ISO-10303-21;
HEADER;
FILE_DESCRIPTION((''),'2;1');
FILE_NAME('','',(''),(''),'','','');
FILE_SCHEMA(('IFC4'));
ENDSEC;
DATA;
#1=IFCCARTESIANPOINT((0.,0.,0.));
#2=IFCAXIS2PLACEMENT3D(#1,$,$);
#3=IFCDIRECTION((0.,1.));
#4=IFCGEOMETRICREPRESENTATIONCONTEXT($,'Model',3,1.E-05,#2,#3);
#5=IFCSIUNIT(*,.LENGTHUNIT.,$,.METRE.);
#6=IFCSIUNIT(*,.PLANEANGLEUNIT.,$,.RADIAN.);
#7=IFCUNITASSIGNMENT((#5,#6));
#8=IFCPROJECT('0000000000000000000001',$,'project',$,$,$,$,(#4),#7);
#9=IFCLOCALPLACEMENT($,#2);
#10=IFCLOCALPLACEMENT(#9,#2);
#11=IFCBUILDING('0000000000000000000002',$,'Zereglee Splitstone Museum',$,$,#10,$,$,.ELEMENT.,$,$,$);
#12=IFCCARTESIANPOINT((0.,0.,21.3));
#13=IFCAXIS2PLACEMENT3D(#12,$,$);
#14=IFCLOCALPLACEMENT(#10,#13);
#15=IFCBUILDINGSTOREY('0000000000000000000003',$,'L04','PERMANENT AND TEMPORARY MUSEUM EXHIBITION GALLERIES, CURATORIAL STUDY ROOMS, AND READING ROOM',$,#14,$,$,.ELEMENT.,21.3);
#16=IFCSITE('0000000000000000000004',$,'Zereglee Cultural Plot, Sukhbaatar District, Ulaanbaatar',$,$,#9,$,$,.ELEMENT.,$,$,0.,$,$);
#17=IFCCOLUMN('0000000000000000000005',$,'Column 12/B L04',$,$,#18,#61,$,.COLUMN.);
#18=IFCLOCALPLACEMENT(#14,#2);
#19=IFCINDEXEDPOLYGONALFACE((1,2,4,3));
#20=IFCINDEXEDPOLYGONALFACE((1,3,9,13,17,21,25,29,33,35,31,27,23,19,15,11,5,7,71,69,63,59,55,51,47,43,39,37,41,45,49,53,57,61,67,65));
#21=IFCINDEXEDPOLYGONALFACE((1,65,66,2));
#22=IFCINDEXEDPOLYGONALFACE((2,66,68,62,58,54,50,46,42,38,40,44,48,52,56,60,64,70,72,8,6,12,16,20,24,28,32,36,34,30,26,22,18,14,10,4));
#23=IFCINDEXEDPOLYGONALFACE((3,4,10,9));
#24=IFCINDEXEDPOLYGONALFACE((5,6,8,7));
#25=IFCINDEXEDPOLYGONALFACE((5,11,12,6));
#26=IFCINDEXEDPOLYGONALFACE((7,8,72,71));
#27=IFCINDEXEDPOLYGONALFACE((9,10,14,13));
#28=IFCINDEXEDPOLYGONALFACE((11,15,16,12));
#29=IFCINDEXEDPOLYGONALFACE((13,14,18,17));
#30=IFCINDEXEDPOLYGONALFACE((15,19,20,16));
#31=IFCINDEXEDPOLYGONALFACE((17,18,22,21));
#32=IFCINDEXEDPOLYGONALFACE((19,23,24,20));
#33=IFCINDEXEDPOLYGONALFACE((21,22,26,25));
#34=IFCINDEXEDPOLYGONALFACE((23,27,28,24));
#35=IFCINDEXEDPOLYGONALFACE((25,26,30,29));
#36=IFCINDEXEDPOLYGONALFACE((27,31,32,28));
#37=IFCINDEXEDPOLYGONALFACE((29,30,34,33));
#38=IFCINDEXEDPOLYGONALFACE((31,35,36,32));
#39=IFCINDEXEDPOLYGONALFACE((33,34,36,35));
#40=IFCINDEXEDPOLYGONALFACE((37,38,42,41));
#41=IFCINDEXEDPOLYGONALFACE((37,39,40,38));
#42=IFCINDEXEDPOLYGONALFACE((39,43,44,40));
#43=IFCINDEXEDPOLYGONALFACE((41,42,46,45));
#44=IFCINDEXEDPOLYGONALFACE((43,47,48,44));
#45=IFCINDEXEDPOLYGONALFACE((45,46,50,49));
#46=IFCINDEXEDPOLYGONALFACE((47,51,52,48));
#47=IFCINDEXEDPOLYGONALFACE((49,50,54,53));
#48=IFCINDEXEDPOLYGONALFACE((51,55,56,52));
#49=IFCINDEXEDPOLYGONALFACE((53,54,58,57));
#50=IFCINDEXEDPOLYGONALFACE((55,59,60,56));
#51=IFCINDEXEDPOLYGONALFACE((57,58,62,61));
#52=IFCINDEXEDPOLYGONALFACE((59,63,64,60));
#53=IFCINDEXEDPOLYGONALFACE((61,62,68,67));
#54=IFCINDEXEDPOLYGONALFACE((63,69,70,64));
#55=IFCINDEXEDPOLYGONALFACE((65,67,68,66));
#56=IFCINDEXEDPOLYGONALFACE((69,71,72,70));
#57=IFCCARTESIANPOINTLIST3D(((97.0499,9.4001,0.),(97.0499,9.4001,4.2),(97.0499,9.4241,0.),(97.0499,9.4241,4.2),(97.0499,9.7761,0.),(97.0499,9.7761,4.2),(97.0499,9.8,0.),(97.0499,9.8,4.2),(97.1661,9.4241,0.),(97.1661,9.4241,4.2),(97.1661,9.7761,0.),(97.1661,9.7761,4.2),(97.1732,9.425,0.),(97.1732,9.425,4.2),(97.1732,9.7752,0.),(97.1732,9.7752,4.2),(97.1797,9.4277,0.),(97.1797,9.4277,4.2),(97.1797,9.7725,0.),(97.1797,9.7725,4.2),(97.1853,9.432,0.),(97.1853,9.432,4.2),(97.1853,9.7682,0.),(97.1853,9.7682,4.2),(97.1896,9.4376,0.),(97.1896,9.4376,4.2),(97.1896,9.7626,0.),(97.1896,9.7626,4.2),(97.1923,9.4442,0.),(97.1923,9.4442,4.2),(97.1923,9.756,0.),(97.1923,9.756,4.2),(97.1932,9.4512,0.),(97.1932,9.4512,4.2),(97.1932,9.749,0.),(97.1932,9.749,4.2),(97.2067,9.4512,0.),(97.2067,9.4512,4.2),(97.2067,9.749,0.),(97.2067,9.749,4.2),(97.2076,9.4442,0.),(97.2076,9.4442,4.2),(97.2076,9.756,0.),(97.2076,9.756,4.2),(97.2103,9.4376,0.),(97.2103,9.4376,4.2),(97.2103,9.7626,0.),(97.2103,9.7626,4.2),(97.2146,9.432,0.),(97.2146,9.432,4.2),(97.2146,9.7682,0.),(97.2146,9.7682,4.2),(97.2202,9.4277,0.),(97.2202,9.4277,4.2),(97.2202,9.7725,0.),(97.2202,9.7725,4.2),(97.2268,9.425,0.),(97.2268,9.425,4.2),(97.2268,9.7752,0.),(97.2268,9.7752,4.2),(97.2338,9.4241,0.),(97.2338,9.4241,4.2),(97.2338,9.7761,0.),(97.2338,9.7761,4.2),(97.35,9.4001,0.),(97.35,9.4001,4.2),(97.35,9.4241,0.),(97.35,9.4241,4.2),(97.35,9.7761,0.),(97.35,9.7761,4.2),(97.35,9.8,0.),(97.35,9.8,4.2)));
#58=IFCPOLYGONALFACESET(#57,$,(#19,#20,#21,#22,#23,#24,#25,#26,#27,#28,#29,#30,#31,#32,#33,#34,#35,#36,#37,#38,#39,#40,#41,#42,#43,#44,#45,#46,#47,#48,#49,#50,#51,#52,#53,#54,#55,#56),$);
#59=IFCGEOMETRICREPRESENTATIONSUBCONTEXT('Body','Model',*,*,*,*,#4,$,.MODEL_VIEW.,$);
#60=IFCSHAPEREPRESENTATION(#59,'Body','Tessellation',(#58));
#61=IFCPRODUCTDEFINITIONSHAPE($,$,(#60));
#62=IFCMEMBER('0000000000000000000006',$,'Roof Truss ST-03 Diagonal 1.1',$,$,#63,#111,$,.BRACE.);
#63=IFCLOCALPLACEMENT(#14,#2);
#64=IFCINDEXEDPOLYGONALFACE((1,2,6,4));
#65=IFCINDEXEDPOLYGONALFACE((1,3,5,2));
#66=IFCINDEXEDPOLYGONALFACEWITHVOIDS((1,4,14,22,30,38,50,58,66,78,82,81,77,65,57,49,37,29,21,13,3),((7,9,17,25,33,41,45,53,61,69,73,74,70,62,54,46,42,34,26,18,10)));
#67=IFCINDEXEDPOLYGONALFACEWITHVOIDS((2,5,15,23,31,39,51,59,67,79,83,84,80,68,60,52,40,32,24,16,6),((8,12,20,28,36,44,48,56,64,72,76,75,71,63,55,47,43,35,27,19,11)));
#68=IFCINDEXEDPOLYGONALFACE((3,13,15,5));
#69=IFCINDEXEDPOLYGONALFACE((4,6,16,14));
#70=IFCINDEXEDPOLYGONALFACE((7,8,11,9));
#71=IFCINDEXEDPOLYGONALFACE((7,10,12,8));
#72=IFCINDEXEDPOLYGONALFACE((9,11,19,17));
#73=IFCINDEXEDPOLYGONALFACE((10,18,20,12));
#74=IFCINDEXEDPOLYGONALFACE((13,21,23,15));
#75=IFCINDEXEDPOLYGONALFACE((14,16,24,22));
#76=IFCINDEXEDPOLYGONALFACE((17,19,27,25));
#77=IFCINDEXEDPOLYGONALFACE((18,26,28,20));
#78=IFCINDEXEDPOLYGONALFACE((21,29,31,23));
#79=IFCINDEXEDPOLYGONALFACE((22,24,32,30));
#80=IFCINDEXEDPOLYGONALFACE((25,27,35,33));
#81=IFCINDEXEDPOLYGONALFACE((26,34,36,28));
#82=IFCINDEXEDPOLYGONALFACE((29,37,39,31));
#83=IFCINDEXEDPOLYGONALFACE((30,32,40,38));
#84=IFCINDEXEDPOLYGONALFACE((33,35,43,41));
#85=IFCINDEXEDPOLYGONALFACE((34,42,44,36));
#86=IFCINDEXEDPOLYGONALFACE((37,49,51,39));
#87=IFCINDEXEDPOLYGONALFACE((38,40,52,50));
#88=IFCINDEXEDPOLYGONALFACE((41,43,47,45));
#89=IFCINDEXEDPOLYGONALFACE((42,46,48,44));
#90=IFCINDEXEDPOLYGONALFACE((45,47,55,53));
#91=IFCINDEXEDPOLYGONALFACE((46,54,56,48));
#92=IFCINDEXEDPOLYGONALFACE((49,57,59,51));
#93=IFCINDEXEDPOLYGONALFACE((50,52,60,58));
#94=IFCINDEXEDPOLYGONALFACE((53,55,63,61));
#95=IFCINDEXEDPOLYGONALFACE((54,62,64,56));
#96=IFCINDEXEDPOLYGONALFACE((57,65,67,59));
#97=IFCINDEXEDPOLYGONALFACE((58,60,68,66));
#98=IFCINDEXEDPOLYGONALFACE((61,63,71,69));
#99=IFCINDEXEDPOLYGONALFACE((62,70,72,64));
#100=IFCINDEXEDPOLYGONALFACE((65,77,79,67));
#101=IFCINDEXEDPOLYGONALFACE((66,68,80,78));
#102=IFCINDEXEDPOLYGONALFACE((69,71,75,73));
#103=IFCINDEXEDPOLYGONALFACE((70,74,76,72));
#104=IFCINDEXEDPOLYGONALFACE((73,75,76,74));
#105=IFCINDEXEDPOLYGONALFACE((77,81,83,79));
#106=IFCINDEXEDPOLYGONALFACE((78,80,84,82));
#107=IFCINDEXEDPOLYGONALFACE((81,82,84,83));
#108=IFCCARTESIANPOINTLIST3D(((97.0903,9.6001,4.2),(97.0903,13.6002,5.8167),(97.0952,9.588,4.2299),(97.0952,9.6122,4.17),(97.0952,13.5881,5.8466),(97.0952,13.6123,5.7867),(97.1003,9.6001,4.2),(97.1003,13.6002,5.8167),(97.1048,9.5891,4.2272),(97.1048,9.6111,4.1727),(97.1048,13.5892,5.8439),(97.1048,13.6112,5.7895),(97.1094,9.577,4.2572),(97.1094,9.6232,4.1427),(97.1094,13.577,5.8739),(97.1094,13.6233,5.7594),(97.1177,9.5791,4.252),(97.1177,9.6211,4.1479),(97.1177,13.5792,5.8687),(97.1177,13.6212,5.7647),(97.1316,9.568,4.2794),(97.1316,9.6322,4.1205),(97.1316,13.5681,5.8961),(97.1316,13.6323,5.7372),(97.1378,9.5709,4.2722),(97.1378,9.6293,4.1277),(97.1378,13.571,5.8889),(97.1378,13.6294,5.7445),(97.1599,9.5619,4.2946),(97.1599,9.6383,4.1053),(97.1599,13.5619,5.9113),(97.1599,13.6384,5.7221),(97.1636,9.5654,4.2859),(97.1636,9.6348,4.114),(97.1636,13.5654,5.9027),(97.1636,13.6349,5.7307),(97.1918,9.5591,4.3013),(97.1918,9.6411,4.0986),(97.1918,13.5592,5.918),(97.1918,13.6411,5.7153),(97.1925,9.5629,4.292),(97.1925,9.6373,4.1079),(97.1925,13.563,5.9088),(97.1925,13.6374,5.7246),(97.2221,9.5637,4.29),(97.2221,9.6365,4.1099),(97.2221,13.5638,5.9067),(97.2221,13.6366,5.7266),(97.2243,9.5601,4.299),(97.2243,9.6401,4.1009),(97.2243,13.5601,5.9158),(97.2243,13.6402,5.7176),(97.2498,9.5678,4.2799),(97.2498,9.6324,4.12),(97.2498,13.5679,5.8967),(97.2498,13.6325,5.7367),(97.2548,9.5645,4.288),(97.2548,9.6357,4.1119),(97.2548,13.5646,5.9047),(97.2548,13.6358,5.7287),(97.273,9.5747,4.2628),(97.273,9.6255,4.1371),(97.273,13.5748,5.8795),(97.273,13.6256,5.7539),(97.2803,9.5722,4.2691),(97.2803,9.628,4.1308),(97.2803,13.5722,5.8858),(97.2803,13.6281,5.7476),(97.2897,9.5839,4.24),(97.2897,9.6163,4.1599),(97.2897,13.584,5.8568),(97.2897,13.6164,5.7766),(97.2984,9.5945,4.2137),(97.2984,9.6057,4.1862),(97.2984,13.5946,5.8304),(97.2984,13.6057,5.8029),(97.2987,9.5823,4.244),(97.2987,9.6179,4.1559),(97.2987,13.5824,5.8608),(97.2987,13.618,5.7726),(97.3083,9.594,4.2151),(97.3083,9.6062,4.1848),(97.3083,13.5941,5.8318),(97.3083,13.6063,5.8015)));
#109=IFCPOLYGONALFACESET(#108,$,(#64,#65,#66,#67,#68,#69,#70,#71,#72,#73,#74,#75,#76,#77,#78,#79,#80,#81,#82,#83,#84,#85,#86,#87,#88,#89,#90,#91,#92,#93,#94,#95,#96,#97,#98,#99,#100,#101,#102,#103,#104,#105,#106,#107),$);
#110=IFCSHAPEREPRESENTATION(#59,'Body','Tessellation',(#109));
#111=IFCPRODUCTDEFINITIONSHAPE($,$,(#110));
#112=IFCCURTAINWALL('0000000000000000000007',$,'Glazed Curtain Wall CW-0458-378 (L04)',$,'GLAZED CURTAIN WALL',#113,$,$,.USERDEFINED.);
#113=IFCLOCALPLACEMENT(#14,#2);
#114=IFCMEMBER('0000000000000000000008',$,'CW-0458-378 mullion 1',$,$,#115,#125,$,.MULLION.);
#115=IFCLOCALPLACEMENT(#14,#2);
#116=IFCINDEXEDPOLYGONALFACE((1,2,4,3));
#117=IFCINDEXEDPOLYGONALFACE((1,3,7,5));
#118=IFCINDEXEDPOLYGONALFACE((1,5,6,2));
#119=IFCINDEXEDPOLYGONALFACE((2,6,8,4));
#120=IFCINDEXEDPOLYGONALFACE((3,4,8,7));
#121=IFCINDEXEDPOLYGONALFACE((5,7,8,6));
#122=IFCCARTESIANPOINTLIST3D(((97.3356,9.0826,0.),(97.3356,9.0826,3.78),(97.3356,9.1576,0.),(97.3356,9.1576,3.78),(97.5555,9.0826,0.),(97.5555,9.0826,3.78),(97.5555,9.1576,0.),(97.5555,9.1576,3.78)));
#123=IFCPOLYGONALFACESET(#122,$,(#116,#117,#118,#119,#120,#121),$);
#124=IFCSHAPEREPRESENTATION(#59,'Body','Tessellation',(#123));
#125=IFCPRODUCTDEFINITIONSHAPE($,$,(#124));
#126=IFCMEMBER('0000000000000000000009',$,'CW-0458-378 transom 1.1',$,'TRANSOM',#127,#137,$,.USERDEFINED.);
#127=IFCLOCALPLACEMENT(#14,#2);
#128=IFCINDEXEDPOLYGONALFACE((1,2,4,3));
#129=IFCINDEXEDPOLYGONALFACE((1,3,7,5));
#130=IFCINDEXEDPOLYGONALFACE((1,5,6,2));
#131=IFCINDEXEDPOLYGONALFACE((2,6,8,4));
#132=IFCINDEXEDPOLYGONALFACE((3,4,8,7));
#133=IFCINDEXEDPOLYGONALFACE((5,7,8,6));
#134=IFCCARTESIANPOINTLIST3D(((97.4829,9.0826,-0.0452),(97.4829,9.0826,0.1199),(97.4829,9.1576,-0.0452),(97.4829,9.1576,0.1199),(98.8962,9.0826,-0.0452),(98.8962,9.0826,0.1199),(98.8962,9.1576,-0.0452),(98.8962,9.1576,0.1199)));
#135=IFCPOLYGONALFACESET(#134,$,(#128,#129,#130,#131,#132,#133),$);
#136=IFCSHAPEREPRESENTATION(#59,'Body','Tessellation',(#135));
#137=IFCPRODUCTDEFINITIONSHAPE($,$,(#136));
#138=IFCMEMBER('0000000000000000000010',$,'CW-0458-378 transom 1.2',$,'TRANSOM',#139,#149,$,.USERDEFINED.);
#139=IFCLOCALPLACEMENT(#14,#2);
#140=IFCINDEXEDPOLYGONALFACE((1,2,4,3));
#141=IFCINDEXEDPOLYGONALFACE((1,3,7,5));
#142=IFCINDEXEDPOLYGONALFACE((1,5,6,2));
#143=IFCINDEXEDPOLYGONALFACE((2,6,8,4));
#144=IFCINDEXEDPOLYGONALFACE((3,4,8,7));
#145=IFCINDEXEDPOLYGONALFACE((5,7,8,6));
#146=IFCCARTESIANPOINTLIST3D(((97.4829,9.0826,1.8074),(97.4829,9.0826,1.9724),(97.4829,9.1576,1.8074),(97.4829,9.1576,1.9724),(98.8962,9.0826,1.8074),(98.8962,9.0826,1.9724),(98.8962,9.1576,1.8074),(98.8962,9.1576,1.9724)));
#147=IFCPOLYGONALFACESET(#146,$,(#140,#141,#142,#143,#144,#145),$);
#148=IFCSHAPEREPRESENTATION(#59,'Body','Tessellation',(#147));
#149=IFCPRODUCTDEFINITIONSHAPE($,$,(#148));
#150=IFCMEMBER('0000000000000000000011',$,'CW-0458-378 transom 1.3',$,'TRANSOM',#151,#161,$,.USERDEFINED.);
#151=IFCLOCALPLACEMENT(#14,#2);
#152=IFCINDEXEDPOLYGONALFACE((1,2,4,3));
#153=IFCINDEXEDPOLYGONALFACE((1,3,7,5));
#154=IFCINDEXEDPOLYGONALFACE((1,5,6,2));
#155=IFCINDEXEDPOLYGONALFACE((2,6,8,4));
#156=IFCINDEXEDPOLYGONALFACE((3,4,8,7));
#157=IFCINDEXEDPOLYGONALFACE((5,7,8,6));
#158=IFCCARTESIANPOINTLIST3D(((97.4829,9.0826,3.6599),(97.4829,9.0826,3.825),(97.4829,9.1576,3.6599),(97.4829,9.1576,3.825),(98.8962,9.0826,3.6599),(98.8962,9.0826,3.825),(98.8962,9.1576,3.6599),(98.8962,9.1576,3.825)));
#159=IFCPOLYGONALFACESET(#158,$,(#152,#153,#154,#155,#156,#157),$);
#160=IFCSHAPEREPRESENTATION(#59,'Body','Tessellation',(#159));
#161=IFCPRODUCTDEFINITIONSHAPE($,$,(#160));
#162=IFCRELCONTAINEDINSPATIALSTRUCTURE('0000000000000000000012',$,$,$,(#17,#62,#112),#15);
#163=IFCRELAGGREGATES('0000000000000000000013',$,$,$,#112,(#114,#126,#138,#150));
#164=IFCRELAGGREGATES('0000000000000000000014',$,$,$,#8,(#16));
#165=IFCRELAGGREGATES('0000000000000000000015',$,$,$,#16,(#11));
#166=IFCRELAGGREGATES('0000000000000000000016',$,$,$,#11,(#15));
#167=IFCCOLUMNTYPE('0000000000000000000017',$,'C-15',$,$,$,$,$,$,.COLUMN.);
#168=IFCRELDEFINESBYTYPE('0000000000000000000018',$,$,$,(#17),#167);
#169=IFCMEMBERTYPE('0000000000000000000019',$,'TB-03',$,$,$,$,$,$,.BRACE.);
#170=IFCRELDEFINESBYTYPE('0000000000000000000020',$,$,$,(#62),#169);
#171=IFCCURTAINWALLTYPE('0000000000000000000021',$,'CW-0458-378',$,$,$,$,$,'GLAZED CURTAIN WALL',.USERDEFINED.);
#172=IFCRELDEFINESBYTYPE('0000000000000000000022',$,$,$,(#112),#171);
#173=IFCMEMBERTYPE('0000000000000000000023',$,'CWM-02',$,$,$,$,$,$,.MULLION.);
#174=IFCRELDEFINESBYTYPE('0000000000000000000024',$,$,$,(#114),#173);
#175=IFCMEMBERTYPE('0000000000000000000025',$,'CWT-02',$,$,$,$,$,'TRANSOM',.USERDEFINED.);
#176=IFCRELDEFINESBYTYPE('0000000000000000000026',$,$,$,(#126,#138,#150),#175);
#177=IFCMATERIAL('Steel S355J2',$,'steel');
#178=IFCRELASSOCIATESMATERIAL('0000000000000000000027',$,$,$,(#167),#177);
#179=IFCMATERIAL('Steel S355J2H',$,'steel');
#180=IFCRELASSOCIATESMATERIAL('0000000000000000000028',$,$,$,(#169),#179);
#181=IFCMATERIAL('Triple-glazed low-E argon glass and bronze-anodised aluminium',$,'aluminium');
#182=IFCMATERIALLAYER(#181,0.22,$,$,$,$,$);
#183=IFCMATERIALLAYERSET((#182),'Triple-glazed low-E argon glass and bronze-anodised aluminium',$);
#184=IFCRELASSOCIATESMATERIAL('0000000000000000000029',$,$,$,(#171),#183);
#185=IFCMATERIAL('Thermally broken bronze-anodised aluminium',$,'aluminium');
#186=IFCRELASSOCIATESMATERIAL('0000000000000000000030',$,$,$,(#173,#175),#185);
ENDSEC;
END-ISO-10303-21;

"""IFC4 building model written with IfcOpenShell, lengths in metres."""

from ifc_helpers import new_model, si_unit, direction, frame, origin, origin_2d, place, context, subcontext, project, spatial, rectangle, hollow_circle, i_section, extrude, material, layer, layer_set, material_profile, profile_set, type_object, element, aggregate, save


model = new_model("IFC4")

# Units and contexts
model_context = context("Model", 3, precision=1e-05, world=origin(), true_north=direction((0.0, 1.0)))
body_context = subcontext(model_context, "Body", "Model", "MODEL_VIEW")
ifc_project = project(units=[si_unit("LENGTHUNIT", "METRE"), si_unit("PLANEANGLEUNIT", "RADIAN")], contexts=[model_context])

# Site, building, storey
site_placement = place(None, origin())
site = spatial("IfcSite", under=ifc_project, at=site_placement, Name="Zereglee Cultural Plot, Sukhbaatar District, Ulaanbaatar", CompositionType="ELEMENT", RefElevation=0.0)
building_placement = place(site_placement, origin())
building = spatial("IfcBuilding", under=site, at=building_placement, Name="Zereglee Splitstone Museum", CompositionType="ELEMENT")
storey_placement = place(building_placement, frame((0.0, 0.0, 21.3)))
storey = spatial("IfcBuildingStorey", under=building, at=storey_placement, Name="L04", Description="PERMANENT AND TEMPORARY MUSEUM EXHIBITION GALLERIES, CURATORIAL STUDY ROOMS, AND READING ROOM", CompositionType="ELEMENT", Elevation=21.3)

# Column
ifc_material_1 = material(Name="Steel S355J2", Category="steel")
ifc_material_profile_1 = material_profile(ifc_material_1, i_section(OverallWidth=0.3, OverallDepth=0.3999, WebThickness=0.0134, FlangeThickness=0.0239, FilletRadius=0.0271, at=origin_2d()), Name="HE 400 B")
ifc_profile_set_1 = profile_set([ifc_material_profile_1], Name="Steel S355J2")
column_type = type_object("IfcColumnType", Name="C-15", PredefinedType="COLUMN", material=ifc_profile_set_1)
column_placement = place(storey_placement, frame((97.2, 9.6001, 0.0), z_axis=(0.0, 0.0, 1.0), x_axis=(1.0, 0.0, 0.0)))
element("IfcColumn", 1, at=column_placement, inside=storey, type_object=column_type, Name="Column 12/B L04", PredefinedType="COLUMN", context=body_context, shape_type="SweptSolid", body=[
    extrude(i_section(OverallWidth=0.3, OverallDepth=0.3999, WebThickness=0.0134, FlangeThickness=0.0239, FilletRadius=0.0271, at=origin_2d()), origin(), (0.0, 0.0, 1.0), 4.2),
])

# Member
ifc_material_2 = material(Name="Steel S355J2H", Category="steel")
ifc_material_profile_2 = material_profile(ifc_material_2, hollow_circle(Radius=0.1096, WallThickness=0.01, at=origin_2d()), Name="CHS 219.1x10")
ifc_profile_set_2 = profile_set([ifc_material_profile_2], Name="Steel S355J2H")
member_type_1 = type_object("IfcMemberType", Name="TB-03", PredefinedType="BRACE", material=ifc_profile_set_2)
member_1_placement = place(storey_placement, frame((97.2, 9.6001, 4.2), z_axis=(0.0, 0.927136, 0.374725), x_axis=(-1.0, 0.0, 0.0)))
element("IfcMember", 2, at=member_1_placement, inside=storey, type_object=member_type_1, Name="Roof Truss ST-03 Diagonal 1.1", PredefinedType="BRACE", context=body_context, shape_type="SweptSolid", body=[
    extrude(hollow_circle(Radius=0.1096, WallThickness=0.01, at=origin_2d()), origin(), (0.0, 0.0, 1.0), 4.3145),
])

# Curtain wall, members
ifc_material_3 = material(Name="Triple-glazed low-E argon glass and bronze-anodised aluminium", Category="aluminium")
ifc_layer_1 = layer(ifc_material_3, 0.22)
ifc_layer_set_1 = layer_set([ifc_layer_1], Name="Triple-glazed low-E argon glass and bronze-anodised aluminium")
curtain_wall_type = type_object("IfcCurtainWallType", Name="CW-0458-378", ElementType="GLAZED CURTAIN WALL", PredefinedType="USERDEFINED", material=ifc_layer_set_1)
curtain_wall_placement = place(storey_placement, origin())
curtain_wall = element("IfcCurtainWall", 3, at=curtain_wall_placement, inside=storey, type_object=curtain_wall_type, Name="Glazed Curtain Wall CW-0458-378 (L04)", ObjectType="GLAZED CURTAIN WALL", PredefinedType="USERDEFINED")
ifc_material_4 = material(Name="Thermally broken bronze-anodised aluminium", Category="aluminium")
ifc_material_profile_3 = material_profile(ifc_material_4, rectangle(XDim=0.075, YDim=0.22, at=origin_2d()), Name="CW MULL 75x220")
ifc_profile_set_3 = profile_set([ifc_material_profile_3], Name="Thermally broken bronze-anodised aluminium")
member_type_2 = type_object("IfcMemberType", Name="CWM-02", PredefinedType="MULLION", material=ifc_profile_set_3)
member_2_placement = place(storey_placement, frame((97.4456, 9.1201, 0.0), z_axis=(0.0, 0.0, 1.0), x_axis=(0.0, 1.0, 0.0)))
member_2 = element("IfcMember", 4, at=member_2_placement, type_object=member_type_2, Name="CW-0458-378 mullion 1", PredefinedType="MULLION", context=body_context, shape_type="SweptSolid", body=[
    extrude(rectangle(XDim=0.075, YDim=0.22, at=origin_2d()), origin(), (0.0, 0.0, 1.0), 3.78),
])
ifc_material_profile_4 = material_profile(ifc_material_4, rectangle(XDim=0.075, YDim=0.165, at=origin_2d()), Name="CW TRAN 75x165")
ifc_profile_set_4 = profile_set([ifc_material_profile_4], Name="Thermally broken bronze-anodised aluminium")
member_type_3 = type_object("IfcMemberType", Name="CWT-02", ElementType="TRANSOM", PredefinedType="USERDEFINED", material=ifc_profile_set_4)
member_3_placement = place(storey_placement, frame((97.4829, 9.1201, 0.0374), z_axis=(1.0, 0.0, 0.0), x_axis=(0.0, 1.0, 0.0)))
member_3 = element("IfcMember", 5, at=member_3_placement, type_object=member_type_3, Name="CW-0458-378 transom 1.1", ObjectType="TRANSOM", PredefinedType="USERDEFINED", context=body_context, shape_type="SweptSolid", body=[
    extrude(rectangle(XDim=0.075, YDim=0.165, at=origin_2d()), origin(), (0.0, 0.0, 1.0), 1.4133),
])
member_4_placement = place(storey_placement, frame((97.4829, 9.1201, 1.8899), z_axis=(1.0, 0.0, 0.0), x_axis=(0.0, 1.0, 0.0)))
member_4 = element("IfcMember", 6, at=member_4_placement, type_object=member_type_3, Name="CW-0458-378 transom 1.2", ObjectType="TRANSOM", PredefinedType="USERDEFINED", context=body_context, shape_type="SweptSolid", body=[
    extrude(rectangle(XDim=0.075, YDim=0.165, at=origin_2d()), origin(), (0.0, 0.0, 1.0), 1.4133),
])
member_5_placement = place(storey_placement, frame((97.4829, 9.1201, 3.7424), z_axis=(1.0, 0.0, 0.0), x_axis=(0.0, 1.0, 0.0)))
member_5 = element("IfcMember", 7, at=member_5_placement, type_object=member_type_3, Name="CW-0458-378 transom 1.3", ObjectType="TRANSOM", PredefinedType="USERDEFINED", context=body_context, shape_type="SweptSolid", body=[
    extrude(rectangle(XDim=0.075, YDim=0.165, at=origin_2d()), origin(), (0.0, 0.0, 1.0), 1.4133),
])

aggregate(curtain_wall, [member_2, member_3, member_4, member_5])

save(model, "model.ifc")
